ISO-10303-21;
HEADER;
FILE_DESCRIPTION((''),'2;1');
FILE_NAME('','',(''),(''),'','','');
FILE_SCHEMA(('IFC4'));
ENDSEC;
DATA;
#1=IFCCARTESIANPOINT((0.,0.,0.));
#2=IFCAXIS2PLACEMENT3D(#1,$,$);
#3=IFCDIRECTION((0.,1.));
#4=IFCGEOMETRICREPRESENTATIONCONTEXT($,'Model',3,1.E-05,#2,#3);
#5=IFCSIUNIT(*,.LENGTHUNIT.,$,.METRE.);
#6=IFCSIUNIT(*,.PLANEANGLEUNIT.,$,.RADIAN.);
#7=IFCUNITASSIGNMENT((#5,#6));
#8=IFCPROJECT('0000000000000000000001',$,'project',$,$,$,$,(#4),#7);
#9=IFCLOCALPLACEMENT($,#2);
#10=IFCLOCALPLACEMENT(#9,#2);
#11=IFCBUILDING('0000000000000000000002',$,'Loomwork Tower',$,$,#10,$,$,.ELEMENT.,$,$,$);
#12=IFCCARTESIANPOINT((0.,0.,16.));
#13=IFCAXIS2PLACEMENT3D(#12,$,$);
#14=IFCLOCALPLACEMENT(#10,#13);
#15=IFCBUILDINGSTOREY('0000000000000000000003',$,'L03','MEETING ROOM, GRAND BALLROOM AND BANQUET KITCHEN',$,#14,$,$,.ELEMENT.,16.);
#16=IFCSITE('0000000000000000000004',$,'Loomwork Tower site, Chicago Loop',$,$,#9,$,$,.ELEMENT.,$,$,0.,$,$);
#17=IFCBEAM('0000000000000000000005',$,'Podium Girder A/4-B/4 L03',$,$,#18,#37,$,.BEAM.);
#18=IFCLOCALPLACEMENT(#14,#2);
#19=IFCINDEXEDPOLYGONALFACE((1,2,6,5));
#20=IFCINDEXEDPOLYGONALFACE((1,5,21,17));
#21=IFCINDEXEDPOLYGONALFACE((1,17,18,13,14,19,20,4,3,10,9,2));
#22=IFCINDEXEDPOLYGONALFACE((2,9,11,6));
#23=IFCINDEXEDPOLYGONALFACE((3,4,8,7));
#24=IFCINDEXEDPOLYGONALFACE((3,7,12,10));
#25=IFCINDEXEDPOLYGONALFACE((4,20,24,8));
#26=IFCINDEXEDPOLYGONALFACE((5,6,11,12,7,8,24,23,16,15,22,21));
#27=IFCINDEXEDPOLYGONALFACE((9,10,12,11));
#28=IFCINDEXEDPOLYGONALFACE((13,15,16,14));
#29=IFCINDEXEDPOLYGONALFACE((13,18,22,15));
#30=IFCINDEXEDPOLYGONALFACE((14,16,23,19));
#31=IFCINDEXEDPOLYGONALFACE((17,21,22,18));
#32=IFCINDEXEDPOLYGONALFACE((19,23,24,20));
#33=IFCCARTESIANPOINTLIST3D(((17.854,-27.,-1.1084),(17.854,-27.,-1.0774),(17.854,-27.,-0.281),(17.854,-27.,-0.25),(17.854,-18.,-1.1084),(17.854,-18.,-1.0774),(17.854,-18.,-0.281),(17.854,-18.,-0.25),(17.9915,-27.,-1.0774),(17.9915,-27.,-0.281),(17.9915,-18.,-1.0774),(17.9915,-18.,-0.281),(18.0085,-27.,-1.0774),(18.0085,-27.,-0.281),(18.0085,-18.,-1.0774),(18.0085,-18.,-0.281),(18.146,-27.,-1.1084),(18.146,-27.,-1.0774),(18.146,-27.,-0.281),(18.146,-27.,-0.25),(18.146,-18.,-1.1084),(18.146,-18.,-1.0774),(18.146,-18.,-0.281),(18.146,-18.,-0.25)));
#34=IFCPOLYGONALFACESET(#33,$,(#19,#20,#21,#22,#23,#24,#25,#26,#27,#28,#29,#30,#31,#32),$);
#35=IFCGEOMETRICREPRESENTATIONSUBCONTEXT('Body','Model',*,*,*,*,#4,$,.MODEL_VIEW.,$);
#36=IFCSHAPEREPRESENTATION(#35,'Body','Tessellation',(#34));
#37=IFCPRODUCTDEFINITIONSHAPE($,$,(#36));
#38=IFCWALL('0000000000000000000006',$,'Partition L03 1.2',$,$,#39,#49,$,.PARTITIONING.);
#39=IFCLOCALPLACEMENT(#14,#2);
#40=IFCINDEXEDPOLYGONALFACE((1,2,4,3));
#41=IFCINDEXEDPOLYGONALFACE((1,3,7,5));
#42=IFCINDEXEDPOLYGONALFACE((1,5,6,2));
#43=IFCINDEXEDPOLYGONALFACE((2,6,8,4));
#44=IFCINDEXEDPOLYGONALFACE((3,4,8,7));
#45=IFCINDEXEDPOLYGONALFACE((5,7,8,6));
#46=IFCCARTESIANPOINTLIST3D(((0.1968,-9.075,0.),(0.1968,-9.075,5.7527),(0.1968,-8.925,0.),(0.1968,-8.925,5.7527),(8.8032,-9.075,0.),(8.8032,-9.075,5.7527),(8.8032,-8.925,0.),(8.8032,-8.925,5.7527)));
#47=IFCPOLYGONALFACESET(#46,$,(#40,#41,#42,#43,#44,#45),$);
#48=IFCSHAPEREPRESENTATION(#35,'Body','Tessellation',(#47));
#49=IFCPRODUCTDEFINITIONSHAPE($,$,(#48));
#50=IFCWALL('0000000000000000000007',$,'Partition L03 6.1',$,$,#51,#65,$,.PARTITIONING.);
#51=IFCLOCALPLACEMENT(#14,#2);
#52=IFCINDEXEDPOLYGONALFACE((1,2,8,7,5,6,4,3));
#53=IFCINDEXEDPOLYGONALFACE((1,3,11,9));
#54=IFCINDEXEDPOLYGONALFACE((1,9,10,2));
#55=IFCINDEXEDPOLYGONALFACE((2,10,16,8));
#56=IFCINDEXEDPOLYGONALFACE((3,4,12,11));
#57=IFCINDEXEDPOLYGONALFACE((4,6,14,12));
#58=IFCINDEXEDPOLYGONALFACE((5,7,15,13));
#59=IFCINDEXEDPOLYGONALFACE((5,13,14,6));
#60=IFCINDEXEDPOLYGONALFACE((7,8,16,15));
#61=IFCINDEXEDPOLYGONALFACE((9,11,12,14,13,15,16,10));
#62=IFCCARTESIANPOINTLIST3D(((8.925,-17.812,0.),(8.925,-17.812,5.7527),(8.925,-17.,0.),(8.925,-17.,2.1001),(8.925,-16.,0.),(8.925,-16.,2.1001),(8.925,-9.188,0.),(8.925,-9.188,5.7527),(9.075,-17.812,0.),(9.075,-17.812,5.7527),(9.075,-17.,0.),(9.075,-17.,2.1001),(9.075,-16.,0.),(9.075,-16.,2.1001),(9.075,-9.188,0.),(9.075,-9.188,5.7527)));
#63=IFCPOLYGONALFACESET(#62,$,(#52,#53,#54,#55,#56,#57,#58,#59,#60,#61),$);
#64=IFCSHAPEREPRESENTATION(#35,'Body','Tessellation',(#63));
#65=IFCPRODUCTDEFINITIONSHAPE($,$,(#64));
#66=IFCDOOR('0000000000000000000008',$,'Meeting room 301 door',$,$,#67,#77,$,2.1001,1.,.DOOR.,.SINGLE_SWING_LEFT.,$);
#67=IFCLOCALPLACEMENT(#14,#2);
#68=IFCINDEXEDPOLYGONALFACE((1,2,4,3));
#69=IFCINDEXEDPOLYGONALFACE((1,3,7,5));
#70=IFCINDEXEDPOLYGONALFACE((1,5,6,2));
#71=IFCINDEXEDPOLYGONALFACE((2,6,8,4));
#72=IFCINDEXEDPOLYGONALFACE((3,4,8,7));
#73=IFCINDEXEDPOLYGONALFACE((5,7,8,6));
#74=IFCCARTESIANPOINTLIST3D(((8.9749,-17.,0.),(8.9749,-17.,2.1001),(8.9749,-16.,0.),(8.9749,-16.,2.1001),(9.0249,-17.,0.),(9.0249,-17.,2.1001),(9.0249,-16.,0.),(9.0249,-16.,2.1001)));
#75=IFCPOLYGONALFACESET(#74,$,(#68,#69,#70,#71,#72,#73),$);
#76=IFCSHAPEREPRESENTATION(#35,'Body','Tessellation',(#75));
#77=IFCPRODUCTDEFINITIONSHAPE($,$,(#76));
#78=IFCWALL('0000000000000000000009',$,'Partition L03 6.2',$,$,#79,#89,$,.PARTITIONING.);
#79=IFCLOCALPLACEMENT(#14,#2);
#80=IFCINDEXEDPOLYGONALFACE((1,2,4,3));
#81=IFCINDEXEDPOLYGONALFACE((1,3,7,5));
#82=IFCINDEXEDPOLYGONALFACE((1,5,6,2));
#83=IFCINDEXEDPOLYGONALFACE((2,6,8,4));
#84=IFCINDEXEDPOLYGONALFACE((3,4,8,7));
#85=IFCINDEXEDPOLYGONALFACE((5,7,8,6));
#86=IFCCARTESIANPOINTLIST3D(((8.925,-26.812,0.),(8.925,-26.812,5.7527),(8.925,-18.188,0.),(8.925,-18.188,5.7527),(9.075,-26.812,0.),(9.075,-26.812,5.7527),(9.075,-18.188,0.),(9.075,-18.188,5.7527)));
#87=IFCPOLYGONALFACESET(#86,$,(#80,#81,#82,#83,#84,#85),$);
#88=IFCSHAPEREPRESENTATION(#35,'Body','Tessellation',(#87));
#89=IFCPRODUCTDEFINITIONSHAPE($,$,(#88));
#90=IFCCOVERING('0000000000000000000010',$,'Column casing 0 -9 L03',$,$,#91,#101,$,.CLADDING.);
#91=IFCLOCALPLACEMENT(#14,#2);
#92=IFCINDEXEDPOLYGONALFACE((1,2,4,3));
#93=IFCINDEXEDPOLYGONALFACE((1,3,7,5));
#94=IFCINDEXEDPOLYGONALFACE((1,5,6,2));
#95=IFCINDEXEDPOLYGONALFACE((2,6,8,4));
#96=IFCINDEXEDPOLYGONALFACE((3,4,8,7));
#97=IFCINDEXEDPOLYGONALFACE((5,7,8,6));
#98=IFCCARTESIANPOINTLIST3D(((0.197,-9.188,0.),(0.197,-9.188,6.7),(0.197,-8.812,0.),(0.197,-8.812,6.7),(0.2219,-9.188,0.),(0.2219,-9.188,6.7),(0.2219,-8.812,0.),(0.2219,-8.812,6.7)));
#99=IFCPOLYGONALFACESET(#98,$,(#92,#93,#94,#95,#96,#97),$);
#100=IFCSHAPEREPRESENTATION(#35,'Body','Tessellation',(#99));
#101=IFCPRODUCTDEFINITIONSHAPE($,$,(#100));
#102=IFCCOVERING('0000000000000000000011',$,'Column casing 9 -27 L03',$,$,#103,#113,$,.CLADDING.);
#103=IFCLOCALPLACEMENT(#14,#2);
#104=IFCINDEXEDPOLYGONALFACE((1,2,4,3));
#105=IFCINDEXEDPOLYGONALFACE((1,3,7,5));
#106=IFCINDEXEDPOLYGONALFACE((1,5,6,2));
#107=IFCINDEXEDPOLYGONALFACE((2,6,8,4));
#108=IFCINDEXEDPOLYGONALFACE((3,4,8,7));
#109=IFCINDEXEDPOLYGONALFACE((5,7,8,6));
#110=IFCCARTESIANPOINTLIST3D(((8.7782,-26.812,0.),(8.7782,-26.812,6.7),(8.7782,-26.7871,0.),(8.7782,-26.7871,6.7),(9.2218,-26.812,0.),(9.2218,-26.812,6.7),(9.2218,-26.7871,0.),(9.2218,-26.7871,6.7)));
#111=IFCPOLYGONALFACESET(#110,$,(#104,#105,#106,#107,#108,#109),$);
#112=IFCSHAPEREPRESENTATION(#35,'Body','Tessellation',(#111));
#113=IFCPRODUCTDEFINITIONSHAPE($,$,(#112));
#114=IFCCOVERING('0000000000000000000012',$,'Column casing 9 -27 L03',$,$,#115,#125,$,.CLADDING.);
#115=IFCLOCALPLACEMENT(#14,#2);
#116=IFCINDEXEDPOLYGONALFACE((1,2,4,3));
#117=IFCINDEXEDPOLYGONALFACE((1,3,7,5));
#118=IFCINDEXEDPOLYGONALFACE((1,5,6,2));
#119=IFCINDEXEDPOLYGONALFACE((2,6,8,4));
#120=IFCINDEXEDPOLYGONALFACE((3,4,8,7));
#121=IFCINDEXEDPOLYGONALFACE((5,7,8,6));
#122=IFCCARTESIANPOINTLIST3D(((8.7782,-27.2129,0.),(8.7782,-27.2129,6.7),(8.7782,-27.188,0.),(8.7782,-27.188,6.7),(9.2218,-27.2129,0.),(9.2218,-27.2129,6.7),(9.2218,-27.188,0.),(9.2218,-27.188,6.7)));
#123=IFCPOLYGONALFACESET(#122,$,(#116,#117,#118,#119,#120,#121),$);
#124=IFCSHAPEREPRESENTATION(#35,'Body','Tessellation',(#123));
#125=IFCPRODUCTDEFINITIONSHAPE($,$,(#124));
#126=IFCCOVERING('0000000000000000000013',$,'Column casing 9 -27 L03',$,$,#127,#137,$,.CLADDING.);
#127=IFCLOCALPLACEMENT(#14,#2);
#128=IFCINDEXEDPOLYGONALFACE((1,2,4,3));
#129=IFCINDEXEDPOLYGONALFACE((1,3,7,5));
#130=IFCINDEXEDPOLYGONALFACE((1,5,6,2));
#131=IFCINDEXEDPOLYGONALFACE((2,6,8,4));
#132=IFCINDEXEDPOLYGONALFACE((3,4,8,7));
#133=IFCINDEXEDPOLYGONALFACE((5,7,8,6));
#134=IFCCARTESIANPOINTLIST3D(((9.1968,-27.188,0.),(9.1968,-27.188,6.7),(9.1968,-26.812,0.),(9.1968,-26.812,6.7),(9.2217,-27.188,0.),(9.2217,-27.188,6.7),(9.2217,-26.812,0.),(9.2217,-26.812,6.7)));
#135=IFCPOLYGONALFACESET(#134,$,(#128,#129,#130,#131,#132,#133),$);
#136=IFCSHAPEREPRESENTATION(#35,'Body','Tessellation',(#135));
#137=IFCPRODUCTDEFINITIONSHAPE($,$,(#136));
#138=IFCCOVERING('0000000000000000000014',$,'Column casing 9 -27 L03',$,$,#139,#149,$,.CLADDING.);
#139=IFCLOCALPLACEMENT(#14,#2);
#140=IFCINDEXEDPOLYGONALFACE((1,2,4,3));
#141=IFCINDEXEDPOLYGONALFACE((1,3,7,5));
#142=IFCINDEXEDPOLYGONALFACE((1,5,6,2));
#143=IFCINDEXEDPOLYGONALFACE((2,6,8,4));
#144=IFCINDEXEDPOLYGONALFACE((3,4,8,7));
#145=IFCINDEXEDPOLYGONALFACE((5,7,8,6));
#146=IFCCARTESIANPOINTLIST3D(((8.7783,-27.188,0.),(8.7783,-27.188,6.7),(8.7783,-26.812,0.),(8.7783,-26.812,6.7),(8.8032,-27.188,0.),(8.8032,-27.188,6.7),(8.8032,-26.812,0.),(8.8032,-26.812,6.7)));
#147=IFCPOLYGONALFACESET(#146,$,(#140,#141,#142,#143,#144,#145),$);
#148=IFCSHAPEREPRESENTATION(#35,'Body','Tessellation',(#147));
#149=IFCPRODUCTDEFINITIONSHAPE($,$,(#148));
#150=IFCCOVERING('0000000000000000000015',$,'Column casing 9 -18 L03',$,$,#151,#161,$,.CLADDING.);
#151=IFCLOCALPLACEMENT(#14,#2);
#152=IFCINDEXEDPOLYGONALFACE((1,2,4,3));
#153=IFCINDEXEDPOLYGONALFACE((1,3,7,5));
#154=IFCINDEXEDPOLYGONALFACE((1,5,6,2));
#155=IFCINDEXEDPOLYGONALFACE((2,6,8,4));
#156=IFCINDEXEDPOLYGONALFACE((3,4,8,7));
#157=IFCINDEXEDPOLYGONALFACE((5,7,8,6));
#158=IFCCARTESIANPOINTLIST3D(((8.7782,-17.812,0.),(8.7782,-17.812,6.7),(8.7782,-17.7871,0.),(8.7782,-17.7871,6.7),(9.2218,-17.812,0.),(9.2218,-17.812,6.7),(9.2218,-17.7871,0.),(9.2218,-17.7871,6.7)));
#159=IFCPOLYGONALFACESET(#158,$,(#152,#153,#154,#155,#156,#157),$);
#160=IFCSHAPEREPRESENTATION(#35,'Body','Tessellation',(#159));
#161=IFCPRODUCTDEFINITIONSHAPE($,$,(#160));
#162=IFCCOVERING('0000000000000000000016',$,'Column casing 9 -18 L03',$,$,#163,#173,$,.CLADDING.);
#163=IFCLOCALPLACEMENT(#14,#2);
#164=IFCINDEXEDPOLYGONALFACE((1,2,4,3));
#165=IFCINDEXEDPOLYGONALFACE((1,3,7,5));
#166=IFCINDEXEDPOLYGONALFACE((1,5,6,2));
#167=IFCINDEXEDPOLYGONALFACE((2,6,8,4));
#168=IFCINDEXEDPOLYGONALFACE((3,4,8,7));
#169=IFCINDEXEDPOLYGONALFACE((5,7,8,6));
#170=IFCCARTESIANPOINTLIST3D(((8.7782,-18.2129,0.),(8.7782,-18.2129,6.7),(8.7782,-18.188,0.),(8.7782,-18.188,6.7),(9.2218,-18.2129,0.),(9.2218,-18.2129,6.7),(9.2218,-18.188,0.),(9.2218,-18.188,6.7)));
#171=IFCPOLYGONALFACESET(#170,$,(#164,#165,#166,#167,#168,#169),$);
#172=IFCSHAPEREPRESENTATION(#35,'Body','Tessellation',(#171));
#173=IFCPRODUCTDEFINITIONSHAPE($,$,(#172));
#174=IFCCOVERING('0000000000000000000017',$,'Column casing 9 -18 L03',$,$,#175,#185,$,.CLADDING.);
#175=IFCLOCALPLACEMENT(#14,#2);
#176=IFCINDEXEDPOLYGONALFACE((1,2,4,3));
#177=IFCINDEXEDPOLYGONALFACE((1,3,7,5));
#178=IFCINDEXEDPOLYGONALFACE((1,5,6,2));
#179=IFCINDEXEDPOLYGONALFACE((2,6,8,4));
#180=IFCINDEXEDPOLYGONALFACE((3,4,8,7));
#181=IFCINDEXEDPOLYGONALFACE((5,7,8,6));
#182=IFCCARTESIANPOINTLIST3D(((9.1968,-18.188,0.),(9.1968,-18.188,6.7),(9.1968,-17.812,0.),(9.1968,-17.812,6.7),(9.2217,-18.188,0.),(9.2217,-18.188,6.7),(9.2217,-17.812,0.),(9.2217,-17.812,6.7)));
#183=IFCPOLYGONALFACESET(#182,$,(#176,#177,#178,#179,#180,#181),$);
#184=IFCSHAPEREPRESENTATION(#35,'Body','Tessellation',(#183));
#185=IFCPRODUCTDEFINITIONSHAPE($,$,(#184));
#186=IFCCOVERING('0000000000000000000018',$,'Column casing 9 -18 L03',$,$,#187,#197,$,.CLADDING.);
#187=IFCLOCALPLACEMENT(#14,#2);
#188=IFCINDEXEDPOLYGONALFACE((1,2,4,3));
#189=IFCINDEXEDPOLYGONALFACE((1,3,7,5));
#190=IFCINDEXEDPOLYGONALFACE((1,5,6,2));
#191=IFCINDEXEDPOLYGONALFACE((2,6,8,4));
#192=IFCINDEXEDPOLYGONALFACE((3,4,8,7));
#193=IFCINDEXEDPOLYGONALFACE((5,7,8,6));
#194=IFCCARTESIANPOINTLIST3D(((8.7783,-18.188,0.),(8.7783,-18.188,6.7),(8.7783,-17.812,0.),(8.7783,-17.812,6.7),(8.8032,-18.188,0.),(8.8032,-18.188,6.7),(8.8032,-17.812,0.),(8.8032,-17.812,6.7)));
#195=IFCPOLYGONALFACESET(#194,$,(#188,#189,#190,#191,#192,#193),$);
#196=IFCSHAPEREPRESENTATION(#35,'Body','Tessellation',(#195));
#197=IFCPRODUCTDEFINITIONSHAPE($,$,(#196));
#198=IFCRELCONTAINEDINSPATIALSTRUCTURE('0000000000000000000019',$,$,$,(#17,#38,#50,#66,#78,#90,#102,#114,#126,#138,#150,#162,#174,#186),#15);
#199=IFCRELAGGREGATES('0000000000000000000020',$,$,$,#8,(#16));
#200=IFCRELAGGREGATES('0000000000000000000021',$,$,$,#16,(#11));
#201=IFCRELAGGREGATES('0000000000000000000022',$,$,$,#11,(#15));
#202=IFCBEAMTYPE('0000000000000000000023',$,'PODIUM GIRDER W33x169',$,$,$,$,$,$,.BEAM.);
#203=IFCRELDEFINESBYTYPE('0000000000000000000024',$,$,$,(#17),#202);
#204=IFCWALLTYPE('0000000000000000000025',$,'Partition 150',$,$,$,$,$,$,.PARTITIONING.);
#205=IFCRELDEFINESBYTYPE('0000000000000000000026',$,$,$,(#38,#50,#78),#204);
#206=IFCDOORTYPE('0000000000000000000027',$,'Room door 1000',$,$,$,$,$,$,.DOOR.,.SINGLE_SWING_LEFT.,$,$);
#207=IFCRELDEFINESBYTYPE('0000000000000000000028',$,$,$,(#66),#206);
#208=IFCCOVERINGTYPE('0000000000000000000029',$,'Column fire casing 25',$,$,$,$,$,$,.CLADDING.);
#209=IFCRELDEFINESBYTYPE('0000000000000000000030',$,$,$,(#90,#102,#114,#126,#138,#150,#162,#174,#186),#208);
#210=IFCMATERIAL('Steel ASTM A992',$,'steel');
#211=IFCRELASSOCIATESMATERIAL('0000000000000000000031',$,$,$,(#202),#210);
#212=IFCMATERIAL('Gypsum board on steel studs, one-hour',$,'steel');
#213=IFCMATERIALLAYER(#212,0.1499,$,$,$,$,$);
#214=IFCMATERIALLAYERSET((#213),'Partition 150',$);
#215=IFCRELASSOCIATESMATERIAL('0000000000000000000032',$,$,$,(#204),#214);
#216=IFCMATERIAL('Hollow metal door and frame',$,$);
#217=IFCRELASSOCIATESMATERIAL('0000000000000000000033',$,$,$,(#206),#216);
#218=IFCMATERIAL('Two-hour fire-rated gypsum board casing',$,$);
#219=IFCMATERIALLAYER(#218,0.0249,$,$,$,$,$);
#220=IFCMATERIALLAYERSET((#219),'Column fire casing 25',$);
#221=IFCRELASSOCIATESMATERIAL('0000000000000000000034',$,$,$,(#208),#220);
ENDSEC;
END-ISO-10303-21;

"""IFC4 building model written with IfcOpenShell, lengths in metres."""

from ifc_helpers import new_model, si_unit, direction, frame, frame_2d, origin, origin_2d, place, context, subcontext, project, spatial, rectangle, i_section, extrude, material, layer, layer_set, material_profile, profile_set, type_object, element, fill, save


model = new_model("IFC4")

# Units and contexts
model_context = context("Model", 3, precision=1e-05, world=origin(), true_north=direction((0.0, 1.0)))
body_context = subcontext(model_context, "Body", "Model", "MODEL_VIEW")
ifc_project = project(units=[si_unit("LENGTHUNIT", "METRE"), si_unit("PLANEANGLEUNIT", "RADIAN")], contexts=[model_context])

# Site, building, storey
site_placement = place(None, origin())
site = spatial("IfcSite", under=ifc_project, at=site_placement, Name="Loomwork Tower site, Chicago Loop", CompositionType="ELEMENT", RefElevation=0.0)
building_placement = place(site_placement, origin())
building = spatial("IfcBuilding", under=site, at=building_placement, Name="Loomwork Tower", CompositionType="ELEMENT")
storey_placement = place(building_placement, frame((0.0, 0.0, 16.0)))
storey = spatial("IfcBuildingStorey", under=building, at=storey_placement, Name="L03", Description="MEETING ROOM, GRAND BALLROOM AND BANQUET KITCHEN", CompositionType="ELEMENT", Elevation=16.0)

# Beam
ifc_material_1 = material(Name="Steel ASTM A992", Category="steel")
ifc_material_profile_1 = material_profile(ifc_material_1, i_section(OverallWidth=0.292, OverallDepth=0.8584, WebThickness=0.0171, FlangeThickness=0.031, at=origin_2d()), Name="W33x169")
ifc_profile_set_1 = profile_set([ifc_material_profile_1], Name="Steel ASTM A992")
beam_type_1 = type_object("IfcBeamType", Name="PODIUM GIRDER W33x169", PredefinedType="BEAM", material=ifc_profile_set_1)
for number, where, z_axis, x_axis, name in (
    (1, (18.0, -27.0, -0.6792), (0.0, 1.0, 0.0), (-1.0, 0.0, 0.0), "Podium Girder A/4-B/4 L03"),
):
    element("IfcBeam", number, at=place(storey_placement, frame(where, z_axis=z_axis, x_axis=x_axis)), inside=storey, type_object=beam_type_1, Name=name, PredefinedType="BEAM", context=body_context, shape_type="SweptSolid", body=[
        extrude(i_section(OverallWidth=0.292, OverallDepth=0.8584, WebThickness=0.0171, FlangeThickness=0.031, at=origin_2d()), origin(), (0.0, 0.0, 1.0), 9.0),
    ])

# Wall
ifc_material_2 = material(Name="Gypsum board on steel studs, one-hour", Category="steel")
ifc_layer_1 = layer(ifc_material_2, 0.1499)
ifc_layer_set_1 = layer_set([ifc_layer_1], Name="Partition 150")
wall_type = type_object("IfcWallType", Name="Partition 150", PredefinedType="PARTITIONING", material=ifc_layer_set_1)
wall_1_placement = place(storey_placement, frame((0.1968, -9.0, 0.0), z_axis=(0.0, 0.0, 1.0), x_axis=(1.0, 0.0, 0.0)))
element("IfcWall", 2, at=wall_1_placement, inside=storey, type_object=wall_type, Name="Partition L03 1.2", PredefinedType="PARTITIONING", context=body_context, shape_type="SweptSolid", body=[
    extrude(rectangle(XDim=8.6064, YDim=0.1499, at=frame_2d((4.3032, 0.0))), origin(), (0.0, 0.0, 1.0), 5.7527),
])

# Wall, opening, door
wall_2_placement = place(storey_placement, frame((9.0, -9.188, 0.0), z_axis=(0.0, 0.0, 1.0), x_axis=(0.0, -1.0, 0.0)))
wall_2 = element("IfcWall", 3, at=wall_2_placement, inside=storey, type_object=wall_type, Name="Partition L03 6.1", PredefinedType="PARTITIONING", context=body_context, shape_type="SweptSolid", body=[
    extrude(rectangle(XDim=8.624, YDim=0.1499, at=frame_2d((4.312, 0.0))), origin(), (0.0, 0.0, 1.0), 5.7527),
])
opening_placement = place(wall_2_placement, frame((6.812, 0.0, 0.0)))
opening = element("IfcOpeningElement", 4, at=opening_placement, cuts=wall_2, PredefinedType="OPENING", context=body_context, shape_type="SweptSolid", body=[
    extrude(rectangle(XDim=1.0, YDim=2.1001, at=frame_2d((0.5, 1.05))), frame((0.0, 0.085, 0.0), z_axis=(0.0, -1.0, 0.0), x_axis=(1.0, 0.0, 0.0)), (0.0, 0.0, 1.0), 0.1699),
])
ifc_material_3 = material(Name="Hollow metal door and frame")
door_type = type_object("IfcDoorType", Name="Room door 1000", OperationType="SINGLE_SWING_LEFT", PredefinedType="DOOR", material=ifc_material_3)
door_placement = place(opening_placement, origin())
door = element("IfcDoor", 5, at=door_placement, inside=storey, type_object=door_type, Name="Meeting room 301 door", OperationType="SINGLE_SWING_LEFT", OverallHeight=2.1001, OverallWidth=1.0, PredefinedType="DOOR", context=body_context, shape_type="SweptSolid", body=[
    extrude(rectangle(XDim=1.0, YDim=2.1001, at=frame_2d((0.5, 1.05))), frame((0.0, 0.0249, 0.0), z_axis=(0.0, -1.0, 0.0), x_axis=(1.0, 0.0, 0.0)), (0.0, 0.0, 1.0), 0.05),
])
fill(opening, door)

# Wall
wall_3_placement = place(storey_placement, frame((9.0, -18.188, 0.0), z_axis=(0.0, 0.0, 1.0), x_axis=(0.0, -1.0, 0.0)))
element("IfcWall", 6, at=wall_3_placement, inside=storey, type_object=wall_type, Name="Partition L03 6.2", PredefinedType="PARTITIONING", context=body_context, shape_type="SweptSolid", body=[
    extrude(rectangle(XDim=8.624, YDim=0.1499, at=frame_2d((4.312, 0.0))), origin(), (0.0, 0.0, 1.0), 5.7527),
])

# Coverings
ifc_material_4 = material(Name="Two-hour fire-rated gypsum board casing")
ifc_layer_2 = layer(ifc_material_4, 0.0249)
ifc_layer_set_2 = layer_set([ifc_layer_2], Name="Column fire casing 25")
covering_type = type_object("IfcCoveringType", Name="Column fire casing 25", PredefinedType="CLADDING", material=ifc_layer_set_2)
covering_1_placement = place(storey_placement, frame((0.2095, -9.0, 0.0), z_axis=(0.0, 0.0, 1.0), x_axis=(1.0, 0.0, 0.0)))
element("IfcCovering", 7, at=covering_1_placement, inside=storey, type_object=covering_type, Name="Column casing 0 -9 L03", PredefinedType="CLADDING", context=body_context, shape_type="SweptSolid", body=[
    extrude(rectangle(XDim=0.0249, YDim=0.376, at=origin_2d()), origin(), (0.0, 0.0, 1.0), 6.7),
])
for number, where, z_axis, x_axis, name in (
    (8, (9.0, -26.7996, 0.0), (0.0, 0.0, 1.0), (1.0, 0.0, 0.0), "Column casing 9 -27 L03"),
    (9, (9.0, -27.2004, 0.0), (0.0, 0.0, 1.0), (1.0, 0.0, 0.0), "Column casing 9 -27 L03"),
):
    element("IfcCovering", number, at=place(storey_placement, frame(where, z_axis=z_axis, x_axis=x_axis)), inside=storey, type_object=covering_type, Name=name, PredefinedType="CLADDING", context=body_context, shape_type="SweptSolid", body=[
        extrude(rectangle(XDim=0.4436, YDim=0.0249, at=origin_2d()), origin(), (0.0, 0.0, 1.0), 6.7),
    ])
for number, where, z_axis, x_axis, name in (
    (10, (9.2092, -27.0, 0.0), (0.0, 0.0, 1.0), (1.0, 0.0, 0.0), "Column casing 9 -27 L03"),
    (11, (8.7908, -27.0, 0.0), (0.0, 0.0, 1.0), (1.0, 0.0, 0.0), "Column casing 9 -27 L03"),
):
    element("IfcCovering", number, at=place(storey_placement, frame(where, z_axis=z_axis, x_axis=x_axis)), inside=storey, type_object=covering_type, Name=name, PredefinedType="CLADDING", context=body_context, shape_type="SweptSolid", body=[
        extrude(rectangle(XDim=0.0249, YDim=0.376, at=origin_2d()), origin(), (0.0, 0.0, 1.0), 6.7),
    ])
for number, where, z_axis, x_axis, name in (
    (12, (9.0, -17.7996, 0.0), (0.0, 0.0, 1.0), (1.0, 0.0, 0.0), "Column casing 9 -18 L03"),
    (13, (9.0, -18.2004, 0.0), (0.0, 0.0, 1.0), (1.0, 0.0, 0.0), "Column casing 9 -18 L03"),
):
    element("IfcCovering", number, at=place(storey_placement, frame(where, z_axis=z_axis, x_axis=x_axis)), inside=storey, type_object=covering_type, Name=name, PredefinedType="CLADDING", context=body_context, shape_type="SweptSolid", body=[
        extrude(rectangle(XDim=0.4436, YDim=0.0249, at=origin_2d()), origin(), (0.0, 0.0, 1.0), 6.7),
    ])
for number, where, z_axis, x_axis, name in (
    (14, (9.2092, -18.0, 0.0), (0.0, 0.0, 1.0), (1.0, 0.0, 0.0), "Column casing 9 -18 L03"),
    (15, (8.7908, -18.0, 0.0), (0.0, 0.0, 1.0), (1.0, 0.0, 0.0), "Column casing 9 -18 L03"),
):
    element("IfcCovering", number, at=place(storey_placement, frame(where, z_axis=z_axis, x_axis=x_axis)), inside=storey, type_object=covering_type, Name=name, PredefinedType="CLADDING", context=body_context, shape_type="SweptSolid", body=[
        extrude(rectangle(XDim=0.0249, YDim=0.376, at=origin_2d()), origin(), (0.0, 0.0, 1.0), 6.7),
    ])

save(model, "model.ifc")
